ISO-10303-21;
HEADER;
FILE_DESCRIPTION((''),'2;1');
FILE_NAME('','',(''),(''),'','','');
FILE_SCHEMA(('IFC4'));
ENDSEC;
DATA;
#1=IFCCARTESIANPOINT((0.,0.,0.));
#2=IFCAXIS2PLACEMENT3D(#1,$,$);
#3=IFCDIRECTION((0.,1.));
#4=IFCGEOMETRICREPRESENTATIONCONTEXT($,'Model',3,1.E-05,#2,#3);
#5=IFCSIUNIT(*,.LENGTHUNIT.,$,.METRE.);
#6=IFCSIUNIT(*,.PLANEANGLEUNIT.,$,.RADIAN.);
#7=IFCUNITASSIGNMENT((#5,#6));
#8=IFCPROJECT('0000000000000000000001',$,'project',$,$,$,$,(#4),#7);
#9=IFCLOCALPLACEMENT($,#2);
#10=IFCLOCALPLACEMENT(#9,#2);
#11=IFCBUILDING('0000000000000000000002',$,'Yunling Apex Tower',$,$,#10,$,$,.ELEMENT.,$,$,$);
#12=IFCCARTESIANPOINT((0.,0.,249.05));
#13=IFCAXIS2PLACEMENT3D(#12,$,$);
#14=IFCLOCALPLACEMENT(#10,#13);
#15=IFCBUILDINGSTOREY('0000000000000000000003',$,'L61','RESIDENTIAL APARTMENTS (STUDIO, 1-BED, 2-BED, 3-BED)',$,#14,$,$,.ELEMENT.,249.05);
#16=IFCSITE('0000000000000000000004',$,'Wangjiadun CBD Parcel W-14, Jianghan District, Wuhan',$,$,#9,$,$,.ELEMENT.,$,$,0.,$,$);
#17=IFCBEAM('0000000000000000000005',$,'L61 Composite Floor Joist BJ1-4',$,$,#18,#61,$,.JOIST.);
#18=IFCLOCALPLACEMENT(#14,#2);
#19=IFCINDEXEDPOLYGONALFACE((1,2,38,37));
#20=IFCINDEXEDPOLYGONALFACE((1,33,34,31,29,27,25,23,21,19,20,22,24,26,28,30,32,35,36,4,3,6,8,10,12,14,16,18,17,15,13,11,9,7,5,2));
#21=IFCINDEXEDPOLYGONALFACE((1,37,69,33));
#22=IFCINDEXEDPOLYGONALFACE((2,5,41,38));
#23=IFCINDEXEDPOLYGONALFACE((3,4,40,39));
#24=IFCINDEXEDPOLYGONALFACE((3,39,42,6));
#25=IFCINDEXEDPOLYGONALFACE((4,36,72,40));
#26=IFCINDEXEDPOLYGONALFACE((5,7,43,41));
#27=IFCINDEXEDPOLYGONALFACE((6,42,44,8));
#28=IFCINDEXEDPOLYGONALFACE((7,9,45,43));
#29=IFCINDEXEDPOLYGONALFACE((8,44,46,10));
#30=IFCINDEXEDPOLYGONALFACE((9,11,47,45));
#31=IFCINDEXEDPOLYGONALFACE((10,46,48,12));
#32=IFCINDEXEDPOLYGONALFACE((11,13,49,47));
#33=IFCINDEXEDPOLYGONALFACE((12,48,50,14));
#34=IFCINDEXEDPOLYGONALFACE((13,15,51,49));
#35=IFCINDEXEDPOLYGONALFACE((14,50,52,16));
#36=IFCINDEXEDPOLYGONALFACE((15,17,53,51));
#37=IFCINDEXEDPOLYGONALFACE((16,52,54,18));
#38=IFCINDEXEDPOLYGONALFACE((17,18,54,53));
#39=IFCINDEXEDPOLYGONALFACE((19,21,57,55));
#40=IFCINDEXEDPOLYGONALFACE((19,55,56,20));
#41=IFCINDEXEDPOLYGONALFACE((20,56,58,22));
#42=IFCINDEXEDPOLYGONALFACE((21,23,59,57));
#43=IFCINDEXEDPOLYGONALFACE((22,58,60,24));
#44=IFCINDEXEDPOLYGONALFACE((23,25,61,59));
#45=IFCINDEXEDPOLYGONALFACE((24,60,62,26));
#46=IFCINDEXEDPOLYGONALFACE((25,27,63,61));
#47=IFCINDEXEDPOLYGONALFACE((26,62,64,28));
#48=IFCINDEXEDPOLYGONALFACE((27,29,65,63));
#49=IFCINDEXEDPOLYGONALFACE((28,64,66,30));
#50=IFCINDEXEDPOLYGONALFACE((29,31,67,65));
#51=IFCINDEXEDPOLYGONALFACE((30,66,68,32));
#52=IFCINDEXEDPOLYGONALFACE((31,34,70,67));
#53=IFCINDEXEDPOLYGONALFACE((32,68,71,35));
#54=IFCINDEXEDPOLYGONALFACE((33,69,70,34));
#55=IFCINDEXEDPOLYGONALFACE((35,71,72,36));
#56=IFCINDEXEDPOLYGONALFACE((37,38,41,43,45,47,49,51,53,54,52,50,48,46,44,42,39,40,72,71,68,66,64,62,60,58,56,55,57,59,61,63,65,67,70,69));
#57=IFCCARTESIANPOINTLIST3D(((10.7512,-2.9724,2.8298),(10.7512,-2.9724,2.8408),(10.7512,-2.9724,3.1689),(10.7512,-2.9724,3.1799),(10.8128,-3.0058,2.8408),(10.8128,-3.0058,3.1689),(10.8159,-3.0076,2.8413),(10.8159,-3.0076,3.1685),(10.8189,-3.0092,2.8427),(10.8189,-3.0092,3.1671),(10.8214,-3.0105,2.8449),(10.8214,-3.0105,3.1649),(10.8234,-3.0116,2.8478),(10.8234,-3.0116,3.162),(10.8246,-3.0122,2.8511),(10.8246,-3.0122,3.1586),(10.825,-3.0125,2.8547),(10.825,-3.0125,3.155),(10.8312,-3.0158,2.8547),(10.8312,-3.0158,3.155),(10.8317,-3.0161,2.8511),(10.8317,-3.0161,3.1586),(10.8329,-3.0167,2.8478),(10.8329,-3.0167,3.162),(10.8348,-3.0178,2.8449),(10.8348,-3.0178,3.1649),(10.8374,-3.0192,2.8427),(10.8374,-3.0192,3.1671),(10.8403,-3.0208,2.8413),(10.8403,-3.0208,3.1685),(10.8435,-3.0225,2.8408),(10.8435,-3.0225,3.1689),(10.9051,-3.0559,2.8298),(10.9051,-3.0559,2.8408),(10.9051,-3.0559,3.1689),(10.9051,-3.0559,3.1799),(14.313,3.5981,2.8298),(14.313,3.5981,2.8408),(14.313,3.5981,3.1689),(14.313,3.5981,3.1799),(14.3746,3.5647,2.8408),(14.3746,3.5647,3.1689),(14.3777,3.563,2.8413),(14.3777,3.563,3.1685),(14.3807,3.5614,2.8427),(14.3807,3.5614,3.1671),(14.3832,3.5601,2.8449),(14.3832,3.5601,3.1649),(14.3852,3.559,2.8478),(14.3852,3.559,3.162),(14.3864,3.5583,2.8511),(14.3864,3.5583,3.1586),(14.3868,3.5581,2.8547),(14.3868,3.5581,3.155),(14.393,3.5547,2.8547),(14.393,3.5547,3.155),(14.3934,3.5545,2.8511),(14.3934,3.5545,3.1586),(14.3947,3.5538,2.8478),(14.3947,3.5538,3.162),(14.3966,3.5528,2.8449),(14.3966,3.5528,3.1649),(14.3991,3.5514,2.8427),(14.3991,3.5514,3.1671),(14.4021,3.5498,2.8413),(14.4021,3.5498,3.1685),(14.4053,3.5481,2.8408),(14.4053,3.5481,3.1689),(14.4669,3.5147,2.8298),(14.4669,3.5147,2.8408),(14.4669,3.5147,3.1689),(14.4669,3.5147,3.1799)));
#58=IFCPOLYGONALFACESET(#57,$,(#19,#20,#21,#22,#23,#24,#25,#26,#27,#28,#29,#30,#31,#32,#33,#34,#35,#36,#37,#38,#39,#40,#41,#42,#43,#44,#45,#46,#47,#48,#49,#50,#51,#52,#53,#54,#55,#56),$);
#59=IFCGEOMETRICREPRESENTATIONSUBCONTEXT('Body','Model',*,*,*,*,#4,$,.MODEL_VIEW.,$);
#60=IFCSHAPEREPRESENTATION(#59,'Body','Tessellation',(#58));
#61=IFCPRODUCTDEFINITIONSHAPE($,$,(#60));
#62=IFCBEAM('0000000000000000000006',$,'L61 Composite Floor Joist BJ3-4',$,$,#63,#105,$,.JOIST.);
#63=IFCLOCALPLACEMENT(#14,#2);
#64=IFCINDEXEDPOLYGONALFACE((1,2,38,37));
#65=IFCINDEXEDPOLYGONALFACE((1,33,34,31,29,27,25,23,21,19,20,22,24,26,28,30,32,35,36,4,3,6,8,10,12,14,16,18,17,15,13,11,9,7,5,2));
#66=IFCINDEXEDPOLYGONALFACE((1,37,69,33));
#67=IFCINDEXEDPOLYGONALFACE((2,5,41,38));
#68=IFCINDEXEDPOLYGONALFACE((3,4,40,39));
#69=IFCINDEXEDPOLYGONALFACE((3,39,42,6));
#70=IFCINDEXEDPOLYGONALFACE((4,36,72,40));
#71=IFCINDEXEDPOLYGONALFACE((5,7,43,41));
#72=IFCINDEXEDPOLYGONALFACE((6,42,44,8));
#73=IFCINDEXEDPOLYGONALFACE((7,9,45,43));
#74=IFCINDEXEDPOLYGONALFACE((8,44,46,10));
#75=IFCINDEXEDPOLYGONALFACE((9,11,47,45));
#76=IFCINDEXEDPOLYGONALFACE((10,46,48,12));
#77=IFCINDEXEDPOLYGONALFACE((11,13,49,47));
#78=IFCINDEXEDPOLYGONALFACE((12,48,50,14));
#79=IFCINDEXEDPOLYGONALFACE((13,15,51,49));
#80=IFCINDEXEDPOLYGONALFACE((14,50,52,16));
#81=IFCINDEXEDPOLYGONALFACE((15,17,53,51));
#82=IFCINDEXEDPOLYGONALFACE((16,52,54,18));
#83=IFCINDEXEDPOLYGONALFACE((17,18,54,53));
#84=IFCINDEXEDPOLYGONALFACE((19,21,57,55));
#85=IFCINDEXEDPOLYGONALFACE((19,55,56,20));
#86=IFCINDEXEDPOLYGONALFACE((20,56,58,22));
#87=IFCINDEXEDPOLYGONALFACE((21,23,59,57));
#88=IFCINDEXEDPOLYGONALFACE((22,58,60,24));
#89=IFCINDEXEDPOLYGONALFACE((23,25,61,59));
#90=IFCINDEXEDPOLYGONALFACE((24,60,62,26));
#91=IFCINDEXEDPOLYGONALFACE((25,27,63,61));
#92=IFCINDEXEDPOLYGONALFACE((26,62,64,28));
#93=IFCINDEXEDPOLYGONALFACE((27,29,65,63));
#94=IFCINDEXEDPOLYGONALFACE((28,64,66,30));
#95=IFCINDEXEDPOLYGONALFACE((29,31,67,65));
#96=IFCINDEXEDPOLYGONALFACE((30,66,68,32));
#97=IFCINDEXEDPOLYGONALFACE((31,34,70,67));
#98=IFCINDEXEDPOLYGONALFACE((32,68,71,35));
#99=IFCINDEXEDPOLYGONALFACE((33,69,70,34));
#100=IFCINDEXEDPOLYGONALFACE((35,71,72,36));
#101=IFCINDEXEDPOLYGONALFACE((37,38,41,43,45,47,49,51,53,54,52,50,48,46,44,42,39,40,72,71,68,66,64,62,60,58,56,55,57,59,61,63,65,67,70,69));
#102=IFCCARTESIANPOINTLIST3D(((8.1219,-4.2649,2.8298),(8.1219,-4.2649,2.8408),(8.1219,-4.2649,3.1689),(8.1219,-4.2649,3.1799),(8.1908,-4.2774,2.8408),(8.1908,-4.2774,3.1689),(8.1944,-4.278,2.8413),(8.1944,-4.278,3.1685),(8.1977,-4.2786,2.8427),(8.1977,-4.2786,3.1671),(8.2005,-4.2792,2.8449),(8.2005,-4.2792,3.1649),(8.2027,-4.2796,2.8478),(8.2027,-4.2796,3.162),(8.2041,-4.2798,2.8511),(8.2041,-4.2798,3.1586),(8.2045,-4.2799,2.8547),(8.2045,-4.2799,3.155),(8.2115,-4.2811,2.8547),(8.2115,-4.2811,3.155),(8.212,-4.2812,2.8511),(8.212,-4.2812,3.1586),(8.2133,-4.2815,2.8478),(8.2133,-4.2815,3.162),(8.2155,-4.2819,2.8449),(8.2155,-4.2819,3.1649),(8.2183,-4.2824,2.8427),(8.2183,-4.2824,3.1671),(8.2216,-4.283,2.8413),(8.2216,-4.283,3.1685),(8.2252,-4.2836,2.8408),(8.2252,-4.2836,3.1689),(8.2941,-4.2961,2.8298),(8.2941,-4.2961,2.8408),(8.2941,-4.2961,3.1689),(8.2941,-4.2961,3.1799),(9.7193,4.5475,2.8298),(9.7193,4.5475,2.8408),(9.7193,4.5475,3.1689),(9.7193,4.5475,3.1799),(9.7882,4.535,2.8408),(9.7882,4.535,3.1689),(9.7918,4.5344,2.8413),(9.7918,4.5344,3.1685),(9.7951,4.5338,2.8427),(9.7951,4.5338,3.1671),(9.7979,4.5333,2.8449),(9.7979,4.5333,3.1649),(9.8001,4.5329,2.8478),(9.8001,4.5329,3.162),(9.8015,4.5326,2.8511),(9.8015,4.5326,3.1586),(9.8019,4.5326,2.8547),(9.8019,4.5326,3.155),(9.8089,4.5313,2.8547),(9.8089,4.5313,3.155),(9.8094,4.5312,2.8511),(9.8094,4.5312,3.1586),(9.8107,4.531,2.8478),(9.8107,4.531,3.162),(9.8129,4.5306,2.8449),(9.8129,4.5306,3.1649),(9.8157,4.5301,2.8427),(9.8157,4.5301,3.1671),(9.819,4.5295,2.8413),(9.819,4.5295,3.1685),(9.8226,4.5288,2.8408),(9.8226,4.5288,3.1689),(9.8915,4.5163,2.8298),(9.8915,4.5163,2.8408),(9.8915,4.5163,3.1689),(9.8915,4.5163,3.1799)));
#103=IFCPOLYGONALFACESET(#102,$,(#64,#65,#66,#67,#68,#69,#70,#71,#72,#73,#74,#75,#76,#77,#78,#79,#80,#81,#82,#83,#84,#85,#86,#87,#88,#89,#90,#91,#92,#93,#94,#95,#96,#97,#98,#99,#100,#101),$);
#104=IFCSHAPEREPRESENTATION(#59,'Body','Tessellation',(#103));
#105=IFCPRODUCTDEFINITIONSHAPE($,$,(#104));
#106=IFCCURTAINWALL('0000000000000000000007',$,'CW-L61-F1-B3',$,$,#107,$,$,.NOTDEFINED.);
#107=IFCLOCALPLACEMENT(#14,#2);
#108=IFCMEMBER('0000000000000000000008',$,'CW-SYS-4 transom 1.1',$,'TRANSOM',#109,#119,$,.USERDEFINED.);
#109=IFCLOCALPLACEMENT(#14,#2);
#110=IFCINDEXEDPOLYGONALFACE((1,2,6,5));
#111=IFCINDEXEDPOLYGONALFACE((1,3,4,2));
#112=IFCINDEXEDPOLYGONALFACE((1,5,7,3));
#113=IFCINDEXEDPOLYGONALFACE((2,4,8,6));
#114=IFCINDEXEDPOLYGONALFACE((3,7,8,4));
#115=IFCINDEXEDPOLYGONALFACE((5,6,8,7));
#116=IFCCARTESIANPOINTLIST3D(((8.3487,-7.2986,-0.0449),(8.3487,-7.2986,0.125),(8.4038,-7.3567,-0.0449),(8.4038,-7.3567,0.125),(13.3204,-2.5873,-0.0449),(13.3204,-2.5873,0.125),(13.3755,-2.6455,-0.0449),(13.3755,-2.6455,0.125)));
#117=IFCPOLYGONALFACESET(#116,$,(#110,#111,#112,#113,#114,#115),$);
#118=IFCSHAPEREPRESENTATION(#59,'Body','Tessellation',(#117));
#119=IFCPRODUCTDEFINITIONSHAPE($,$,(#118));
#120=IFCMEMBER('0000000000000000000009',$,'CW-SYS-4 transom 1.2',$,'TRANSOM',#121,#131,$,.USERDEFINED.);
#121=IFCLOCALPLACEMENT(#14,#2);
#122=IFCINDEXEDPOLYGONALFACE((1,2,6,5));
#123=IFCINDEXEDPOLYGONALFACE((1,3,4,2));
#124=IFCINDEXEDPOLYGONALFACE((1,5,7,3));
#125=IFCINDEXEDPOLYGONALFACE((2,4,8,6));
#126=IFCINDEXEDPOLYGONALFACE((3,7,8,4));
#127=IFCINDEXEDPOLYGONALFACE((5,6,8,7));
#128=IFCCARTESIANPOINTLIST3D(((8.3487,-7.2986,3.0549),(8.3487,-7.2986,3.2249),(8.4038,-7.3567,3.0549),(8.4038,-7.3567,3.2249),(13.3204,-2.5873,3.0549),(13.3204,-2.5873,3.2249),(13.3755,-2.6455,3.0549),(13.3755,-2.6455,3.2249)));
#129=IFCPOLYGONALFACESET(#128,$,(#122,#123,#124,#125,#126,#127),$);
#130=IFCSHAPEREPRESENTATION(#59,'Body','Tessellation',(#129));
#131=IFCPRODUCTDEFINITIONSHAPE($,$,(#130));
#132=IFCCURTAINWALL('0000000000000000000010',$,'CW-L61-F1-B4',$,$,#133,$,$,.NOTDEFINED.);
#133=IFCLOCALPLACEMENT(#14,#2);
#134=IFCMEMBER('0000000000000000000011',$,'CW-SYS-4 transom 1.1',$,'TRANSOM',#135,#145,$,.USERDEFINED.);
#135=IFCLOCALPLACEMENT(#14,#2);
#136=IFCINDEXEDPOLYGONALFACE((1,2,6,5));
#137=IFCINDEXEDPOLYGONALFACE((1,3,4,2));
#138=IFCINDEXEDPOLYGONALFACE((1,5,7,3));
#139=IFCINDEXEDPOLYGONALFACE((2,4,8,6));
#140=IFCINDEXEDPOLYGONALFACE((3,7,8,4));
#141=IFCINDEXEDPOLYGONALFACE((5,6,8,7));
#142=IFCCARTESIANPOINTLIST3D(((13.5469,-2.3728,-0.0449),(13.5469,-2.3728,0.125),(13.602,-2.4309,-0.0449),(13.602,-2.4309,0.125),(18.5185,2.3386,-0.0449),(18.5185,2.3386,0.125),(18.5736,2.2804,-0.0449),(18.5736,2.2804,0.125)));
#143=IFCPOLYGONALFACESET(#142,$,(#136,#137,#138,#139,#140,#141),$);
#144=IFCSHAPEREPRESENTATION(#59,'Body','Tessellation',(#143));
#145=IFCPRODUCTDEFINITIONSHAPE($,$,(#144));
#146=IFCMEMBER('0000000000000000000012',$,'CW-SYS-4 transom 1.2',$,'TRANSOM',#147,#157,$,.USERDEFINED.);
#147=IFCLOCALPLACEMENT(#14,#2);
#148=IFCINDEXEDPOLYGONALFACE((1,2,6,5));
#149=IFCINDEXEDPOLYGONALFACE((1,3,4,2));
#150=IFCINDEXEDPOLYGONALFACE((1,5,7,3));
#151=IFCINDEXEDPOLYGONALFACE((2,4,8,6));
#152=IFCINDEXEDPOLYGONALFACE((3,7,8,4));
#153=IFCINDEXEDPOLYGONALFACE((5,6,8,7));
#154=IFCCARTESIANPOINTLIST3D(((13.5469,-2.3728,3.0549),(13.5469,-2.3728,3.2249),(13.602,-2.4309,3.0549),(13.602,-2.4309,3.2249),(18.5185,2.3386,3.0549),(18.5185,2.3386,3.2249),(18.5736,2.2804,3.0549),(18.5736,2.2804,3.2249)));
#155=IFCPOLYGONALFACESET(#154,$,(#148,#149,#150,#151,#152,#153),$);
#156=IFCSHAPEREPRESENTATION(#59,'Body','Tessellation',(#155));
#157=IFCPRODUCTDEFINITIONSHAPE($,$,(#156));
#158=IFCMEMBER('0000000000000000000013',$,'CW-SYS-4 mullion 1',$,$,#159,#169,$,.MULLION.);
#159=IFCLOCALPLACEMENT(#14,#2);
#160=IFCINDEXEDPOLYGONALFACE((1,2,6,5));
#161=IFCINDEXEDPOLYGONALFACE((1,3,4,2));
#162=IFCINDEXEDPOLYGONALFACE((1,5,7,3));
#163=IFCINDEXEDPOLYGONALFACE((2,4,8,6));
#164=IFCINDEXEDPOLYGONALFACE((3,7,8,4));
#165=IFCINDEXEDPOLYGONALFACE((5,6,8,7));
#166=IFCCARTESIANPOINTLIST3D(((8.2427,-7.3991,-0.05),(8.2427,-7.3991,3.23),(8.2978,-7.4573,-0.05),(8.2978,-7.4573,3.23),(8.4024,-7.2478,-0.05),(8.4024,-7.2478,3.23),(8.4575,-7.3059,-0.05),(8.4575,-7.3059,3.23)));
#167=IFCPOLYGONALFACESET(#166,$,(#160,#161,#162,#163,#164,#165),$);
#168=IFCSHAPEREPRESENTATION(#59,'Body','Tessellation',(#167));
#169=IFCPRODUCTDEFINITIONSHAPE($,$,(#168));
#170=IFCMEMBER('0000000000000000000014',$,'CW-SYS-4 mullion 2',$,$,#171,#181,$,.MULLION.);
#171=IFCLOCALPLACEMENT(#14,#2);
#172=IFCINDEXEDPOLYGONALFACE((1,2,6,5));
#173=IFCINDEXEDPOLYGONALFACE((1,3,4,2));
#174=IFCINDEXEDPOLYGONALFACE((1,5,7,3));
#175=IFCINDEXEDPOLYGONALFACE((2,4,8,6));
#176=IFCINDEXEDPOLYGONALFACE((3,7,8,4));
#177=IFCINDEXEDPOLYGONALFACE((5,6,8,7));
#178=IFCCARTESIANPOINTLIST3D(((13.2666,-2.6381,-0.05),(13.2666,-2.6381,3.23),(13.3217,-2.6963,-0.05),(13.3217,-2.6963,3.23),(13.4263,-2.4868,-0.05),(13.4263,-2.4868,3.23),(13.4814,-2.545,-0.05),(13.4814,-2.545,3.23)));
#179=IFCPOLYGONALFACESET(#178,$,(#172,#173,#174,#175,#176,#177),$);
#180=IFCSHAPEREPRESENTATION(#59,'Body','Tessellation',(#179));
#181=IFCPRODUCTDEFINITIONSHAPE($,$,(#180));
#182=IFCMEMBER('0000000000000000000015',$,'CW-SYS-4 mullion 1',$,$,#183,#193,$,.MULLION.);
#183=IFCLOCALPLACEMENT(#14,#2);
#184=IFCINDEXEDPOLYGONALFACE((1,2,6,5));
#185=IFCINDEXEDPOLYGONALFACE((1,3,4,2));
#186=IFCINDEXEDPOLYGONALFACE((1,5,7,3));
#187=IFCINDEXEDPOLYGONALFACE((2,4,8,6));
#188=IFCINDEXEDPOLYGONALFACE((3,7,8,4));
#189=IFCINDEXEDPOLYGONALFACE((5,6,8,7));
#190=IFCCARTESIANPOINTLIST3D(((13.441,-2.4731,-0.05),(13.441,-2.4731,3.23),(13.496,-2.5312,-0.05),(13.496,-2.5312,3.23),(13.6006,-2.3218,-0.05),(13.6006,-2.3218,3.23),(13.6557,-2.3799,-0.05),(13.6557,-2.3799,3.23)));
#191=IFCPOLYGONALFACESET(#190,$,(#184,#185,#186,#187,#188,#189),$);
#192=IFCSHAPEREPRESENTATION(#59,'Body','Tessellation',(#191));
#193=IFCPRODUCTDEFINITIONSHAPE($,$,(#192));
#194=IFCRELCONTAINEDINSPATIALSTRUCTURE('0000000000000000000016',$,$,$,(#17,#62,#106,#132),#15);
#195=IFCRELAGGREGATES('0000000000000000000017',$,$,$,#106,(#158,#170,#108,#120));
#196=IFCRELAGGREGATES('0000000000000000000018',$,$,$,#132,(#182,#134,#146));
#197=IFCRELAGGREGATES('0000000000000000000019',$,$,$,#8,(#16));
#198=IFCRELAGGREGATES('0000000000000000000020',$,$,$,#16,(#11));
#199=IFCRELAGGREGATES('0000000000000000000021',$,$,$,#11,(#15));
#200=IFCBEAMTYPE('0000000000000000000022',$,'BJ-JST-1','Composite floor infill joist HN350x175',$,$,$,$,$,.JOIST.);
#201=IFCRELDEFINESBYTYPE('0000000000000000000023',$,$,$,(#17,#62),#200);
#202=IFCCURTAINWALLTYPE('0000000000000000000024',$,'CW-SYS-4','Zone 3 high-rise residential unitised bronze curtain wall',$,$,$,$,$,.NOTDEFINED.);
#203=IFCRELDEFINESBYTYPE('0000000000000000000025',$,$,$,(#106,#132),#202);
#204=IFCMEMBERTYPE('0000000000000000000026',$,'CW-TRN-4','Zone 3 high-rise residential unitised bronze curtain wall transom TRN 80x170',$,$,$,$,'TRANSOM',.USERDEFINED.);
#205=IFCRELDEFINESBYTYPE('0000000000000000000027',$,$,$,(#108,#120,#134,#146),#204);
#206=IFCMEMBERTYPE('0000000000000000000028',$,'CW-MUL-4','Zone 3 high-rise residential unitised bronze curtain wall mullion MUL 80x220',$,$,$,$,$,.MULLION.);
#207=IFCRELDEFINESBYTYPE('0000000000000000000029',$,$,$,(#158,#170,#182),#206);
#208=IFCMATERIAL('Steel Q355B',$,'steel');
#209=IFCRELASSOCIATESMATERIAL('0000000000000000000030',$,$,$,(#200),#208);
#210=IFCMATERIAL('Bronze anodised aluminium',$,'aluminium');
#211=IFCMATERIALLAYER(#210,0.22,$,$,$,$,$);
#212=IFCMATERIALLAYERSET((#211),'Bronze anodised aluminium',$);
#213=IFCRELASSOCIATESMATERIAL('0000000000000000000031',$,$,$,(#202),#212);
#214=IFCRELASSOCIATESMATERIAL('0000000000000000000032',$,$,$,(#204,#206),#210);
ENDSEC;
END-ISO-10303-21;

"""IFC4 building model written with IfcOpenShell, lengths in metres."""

from ifc_helpers import new_model, si_unit, direction, frame, origin, origin_2d, place, context, subcontext, project, spatial, rectangle, i_section, extrude, source, transform, mapped, material, layer, layer_set, material_profile, profile_set, type_object, element, aggregate, save


model = new_model("IFC4")

# Units and contexts
model_context = context("Model", 3, precision=1e-05, world=origin(), true_north=direction((0.0, 1.0)))
body_context = subcontext(model_context, "Body", "Model", "MODEL_VIEW")
ifc_project = project(units=[si_unit("LENGTHUNIT", "METRE"), si_unit("PLANEANGLEUNIT", "RADIAN")], contexts=[model_context])

# Site, building, storey
site_placement = place(None, origin())
site = spatial("IfcSite", under=ifc_project, at=site_placement, Name="Wangjiadun CBD Parcel W-14, Jianghan District, Wuhan", CompositionType="ELEMENT", RefElevation=0.0)
building_placement = place(site_placement, origin())
building = spatial("IfcBuilding", under=site, at=building_placement, Name="Yunling Apex Tower", CompositionType="ELEMENT")
storey_placement = place(building_placement, frame((0.0, 0.0, 249.05)))
storey = spatial("IfcBuildingStorey", under=building, at=storey_placement, Name="L61", Description="RESIDENTIAL APARTMENTS (STUDIO, 1-BED, 2-BED, 3-BED)", CompositionType="ELEMENT", Elevation=249.05)

# Beams
ifc_material_1 = material(Name="Steel Q355B", Category="steel")
ifc_material_profile_1 = material_profile(ifc_material_1, i_section(OverallWidth=0.175, OverallDepth=0.3501, WebThickness=0.0071, FlangeThickness=0.011, FilletRadius=0.0139, at=origin_2d()))
ifc_profile_set_1 = profile_set([ifc_material_profile_1], Name="Steel Q355B")
beam_type_1 = type_object("IfcBeamType", Name="BJ-JST-1", Description="Composite floor infill joist HN350x175", PredefinedType="JOIST", material=ifc_profile_set_1)
shared_shape_1 = source(origin(), body_context, "Body", "SweptSolid", [
    extrude(i_section(OverallWidth=0.175, OverallDepth=0.3501, WebThickness=0.0071, FlangeThickness=0.011, FilletRadius=0.0139, at=origin_2d()), origin(), (0.0, 0.0, 1.0), 7.4739),
])
beam_1_placement = place(storey_placement, frame((10.8281, -3.0142, 3.0049), z_axis=(0.476564, 0.87914, 0.0), x_axis=(-0.87914, 0.476564, 0.0)))
element("IfcBeam", 1, at=beam_1_placement, inside=storey, type_object=beam_type_1, Name="L61 Composite Floor Joist BJ1-4", PredefinedType="JOIST", context=body_context, shape_type="MappedRepresentation", body=[
    mapped(shared_shape_1, transform((0.0, 0.0, 0.0), scale=1.0)),
])
shared_shape_2 = source(origin(), body_context, "Body", "SweptSolid", [
    extrude(i_section(OverallWidth=0.175, OverallDepth=0.3501, WebThickness=0.0071, FlangeThickness=0.011, FilletRadius=0.0139, at=origin_2d()), origin(), (0.0, 0.0, 1.0), 8.9561),
])
beam_2_placement = place(storey_placement, frame((8.208, -4.2805, 3.0049), z_axis=(0.17836, 0.983965, 0.0), x_axis=(-0.983965, 0.17836, 0.0)))
element("IfcBeam", 2, at=beam_2_placement, inside=storey, type_object=beam_type_1, Name="L61 Composite Floor Joist BJ3-4", PredefinedType="JOIST", context=body_context, shape_type="MappedRepresentation", body=[
    mapped(shared_shape_2, transform((0.0, 0.0, 0.0), scale=1.0)),
])

# Curtain walls, members
ifc_material_2 = material(Name="Bronze anodised aluminium", Category="aluminium")
ifc_layer_1 = layer(ifc_material_2, 0.22)
ifc_layer_set_1 = layer_set([ifc_layer_1], Name="Bronze anodised aluminium")
curtain_wall_type = type_object("IfcCurtainWallType", Name="CW-SYS-4", Description="Zone 3 high-rise residential unitised bronze curtain wall", PredefinedType="NOTDEFINED", material=ifc_layer_set_1)
curtain_wall_1_placement = place(storey_placement, origin())
curtain_wall_1 = element("IfcCurtainWall", 3, at=curtain_wall_1_placement, inside=storey, type_object=curtain_wall_type, Name="CW-L61-F1-B3", PredefinedType="NOTDEFINED")
ifc_material_profile_2 = material_profile(ifc_material_2, rectangle(XDim=0.0801, YDim=0.1699, at=origin_2d()))
ifc_profile_set_2 = profile_set([ifc_material_profile_2], Name="Bronze anodised aluminium")
member_type_1 = type_object("IfcMemberType", Name="CW-TRN-4", Description="Zone 3 high-rise residential unitised bronze curtain wall transom TRN 80x170", ElementType="TRANSOM", PredefinedType="USERDEFINED", material=ifc_profile_set_2)
shared_shape_3 = source(origin(), body_context, "Body", "SweptSolid", [
    extrude(rectangle(XDim=0.0801, YDim=0.1699, at=origin_2d()), origin(), (0.0, 0.0, 1.0), 6.8494),
])
member_1_placement = place(storey_placement, frame((8.3762, -7.3276, 0.04), z_axis=(0.725867, 0.687835, 0.0), x_axis=(-0.687835, 0.725867, 0.0)))
member_1 = element("IfcMember", 4, at=member_1_placement, type_object=member_type_1, Name="CW-SYS-4 transom 1.1", ObjectType="TRANSOM", PredefinedType="USERDEFINED", context=body_context, shape_type="MappedRepresentation", body=[
    mapped(shared_shape_3, transform((0.0, 0.0, 0.0), scale=1.0)),
])
member_2_placement = place(storey_placement, frame((8.3762, -7.3276, 3.1399), z_axis=(0.725867, 0.687835, 0.0), x_axis=(-0.687835, 0.725867, 0.0)))
member_2 = element("IfcMember", 5, at=member_2_placement, type_object=member_type_1, Name="CW-SYS-4 transom 1.2", ObjectType="TRANSOM", PredefinedType="USERDEFINED", context=body_context, shape_type="MappedRepresentation", body=[
    mapped(shared_shape_3, transform((0.0, 0.0, 0.0), scale=1.0)),
])
curtain_wall_2_placement = place(storey_placement, origin())
curtain_wall_2 = element("IfcCurtainWall", 6, at=curtain_wall_2_placement, inside=storey, type_object=curtain_wall_type, Name="CW-L61-F1-B4", PredefinedType="NOTDEFINED")
member_3_placement = place(storey_placement, frame((13.5745, -2.4019, 0.04), z_axis=(0.72585, 0.687853, 0.0), x_axis=(-0.687853, 0.72585, 0.0)))
member_3 = element("IfcMember", 7, at=member_3_placement, type_object=member_type_1, Name="CW-SYS-4 transom 1.1", ObjectType="TRANSOM", PredefinedType="USERDEFINED", context=body_context, shape_type="MappedRepresentation", body=[
    mapped(shared_shape_3, transform((0.0, 0.0, 0.0), scale=1.0)),
])
member_4_placement = place(storey_placement, frame((13.5745, -2.4019, 3.1399), z_axis=(0.72585, 0.687853, 0.0), x_axis=(-0.687853, 0.72585, 0.0)))
member_4 = element("IfcMember", 8, at=member_4_placement, type_object=member_type_1, Name="CW-SYS-4 transom 1.2", ObjectType="TRANSOM", PredefinedType="USERDEFINED", context=body_context, shape_type="MappedRepresentation", body=[
    mapped(shared_shape_3, transform((0.0, 0.0, 0.0), scale=1.0)),
])

# Members
ifc_material_profile_3 = material_profile(ifc_material_2, rectangle(XDim=0.0801, YDim=0.22, at=origin_2d()))
ifc_profile_set_3 = profile_set([ifc_material_profile_3], Name="Bronze anodised aluminium")
member_type_2 = type_object("IfcMemberType", Name="CW-MUL-4", Description="Zone 3 high-rise residential unitised bronze curtain wall mullion MUL 80x220", PredefinedType="MULLION", material=ifc_profile_set_3)
shared_shape_4 = source(origin(), body_context, "Body", "SweptSolid", [
    extrude(rectangle(XDim=0.0801, YDim=0.22, at=origin_2d()), origin(), (0.0, 0.0, 1.0), 3.28),
])
member_5_placement = place(storey_placement, frame((8.3501, -7.3525, -0.05), z_axis=(0.0, 0.0, 1.0), x_axis=(-0.687848, 0.725855, 0.0)))
member_5 = element("IfcMember", 9, at=member_5_placement, type_object=member_type_2, Name="CW-SYS-4 mullion 1", PredefinedType="MULLION", context=body_context, shape_type="MappedRepresentation", body=[
    mapped(shared_shape_4, transform((0.0, 0.0, 0.0), scale=1.0)),
])
member_6_placement = place(storey_placement, frame((13.374, -2.5916, -0.05), z_axis=(0.0, 0.0, 1.0), x_axis=(-0.687848, 0.725855, 0.0)))
member_6 = element("IfcMember", 10, at=member_6_placement, type_object=member_type_2, Name="CW-SYS-4 mullion 2", PredefinedType="MULLION", context=body_context, shape_type="MappedRepresentation", body=[
    mapped(shared_shape_4, transform((0.0, 0.0, 0.0), scale=1.0)),
])
member_7_placement = place(storey_placement, frame((13.5483, -2.4265, -0.05), z_axis=(0.0, 0.0, 1.0), x_axis=(-0.687848, 0.725855, 0.0)))
member_7 = element("IfcMember", 11, at=member_7_placement, type_object=member_type_2, Name="CW-SYS-4 mullion 1", PredefinedType="MULLION", context=body_context, shape_type="MappedRepresentation", body=[
    mapped(shared_shape_4, transform((0.0, 0.0, 0.0), scale=1.0)),
])

aggregate(curtain_wall_1, [member_5, member_6, member_1, member_2])
aggregate(curtain_wall_2, [member_7, member_3, member_4])

save(model, "model.ifc")
